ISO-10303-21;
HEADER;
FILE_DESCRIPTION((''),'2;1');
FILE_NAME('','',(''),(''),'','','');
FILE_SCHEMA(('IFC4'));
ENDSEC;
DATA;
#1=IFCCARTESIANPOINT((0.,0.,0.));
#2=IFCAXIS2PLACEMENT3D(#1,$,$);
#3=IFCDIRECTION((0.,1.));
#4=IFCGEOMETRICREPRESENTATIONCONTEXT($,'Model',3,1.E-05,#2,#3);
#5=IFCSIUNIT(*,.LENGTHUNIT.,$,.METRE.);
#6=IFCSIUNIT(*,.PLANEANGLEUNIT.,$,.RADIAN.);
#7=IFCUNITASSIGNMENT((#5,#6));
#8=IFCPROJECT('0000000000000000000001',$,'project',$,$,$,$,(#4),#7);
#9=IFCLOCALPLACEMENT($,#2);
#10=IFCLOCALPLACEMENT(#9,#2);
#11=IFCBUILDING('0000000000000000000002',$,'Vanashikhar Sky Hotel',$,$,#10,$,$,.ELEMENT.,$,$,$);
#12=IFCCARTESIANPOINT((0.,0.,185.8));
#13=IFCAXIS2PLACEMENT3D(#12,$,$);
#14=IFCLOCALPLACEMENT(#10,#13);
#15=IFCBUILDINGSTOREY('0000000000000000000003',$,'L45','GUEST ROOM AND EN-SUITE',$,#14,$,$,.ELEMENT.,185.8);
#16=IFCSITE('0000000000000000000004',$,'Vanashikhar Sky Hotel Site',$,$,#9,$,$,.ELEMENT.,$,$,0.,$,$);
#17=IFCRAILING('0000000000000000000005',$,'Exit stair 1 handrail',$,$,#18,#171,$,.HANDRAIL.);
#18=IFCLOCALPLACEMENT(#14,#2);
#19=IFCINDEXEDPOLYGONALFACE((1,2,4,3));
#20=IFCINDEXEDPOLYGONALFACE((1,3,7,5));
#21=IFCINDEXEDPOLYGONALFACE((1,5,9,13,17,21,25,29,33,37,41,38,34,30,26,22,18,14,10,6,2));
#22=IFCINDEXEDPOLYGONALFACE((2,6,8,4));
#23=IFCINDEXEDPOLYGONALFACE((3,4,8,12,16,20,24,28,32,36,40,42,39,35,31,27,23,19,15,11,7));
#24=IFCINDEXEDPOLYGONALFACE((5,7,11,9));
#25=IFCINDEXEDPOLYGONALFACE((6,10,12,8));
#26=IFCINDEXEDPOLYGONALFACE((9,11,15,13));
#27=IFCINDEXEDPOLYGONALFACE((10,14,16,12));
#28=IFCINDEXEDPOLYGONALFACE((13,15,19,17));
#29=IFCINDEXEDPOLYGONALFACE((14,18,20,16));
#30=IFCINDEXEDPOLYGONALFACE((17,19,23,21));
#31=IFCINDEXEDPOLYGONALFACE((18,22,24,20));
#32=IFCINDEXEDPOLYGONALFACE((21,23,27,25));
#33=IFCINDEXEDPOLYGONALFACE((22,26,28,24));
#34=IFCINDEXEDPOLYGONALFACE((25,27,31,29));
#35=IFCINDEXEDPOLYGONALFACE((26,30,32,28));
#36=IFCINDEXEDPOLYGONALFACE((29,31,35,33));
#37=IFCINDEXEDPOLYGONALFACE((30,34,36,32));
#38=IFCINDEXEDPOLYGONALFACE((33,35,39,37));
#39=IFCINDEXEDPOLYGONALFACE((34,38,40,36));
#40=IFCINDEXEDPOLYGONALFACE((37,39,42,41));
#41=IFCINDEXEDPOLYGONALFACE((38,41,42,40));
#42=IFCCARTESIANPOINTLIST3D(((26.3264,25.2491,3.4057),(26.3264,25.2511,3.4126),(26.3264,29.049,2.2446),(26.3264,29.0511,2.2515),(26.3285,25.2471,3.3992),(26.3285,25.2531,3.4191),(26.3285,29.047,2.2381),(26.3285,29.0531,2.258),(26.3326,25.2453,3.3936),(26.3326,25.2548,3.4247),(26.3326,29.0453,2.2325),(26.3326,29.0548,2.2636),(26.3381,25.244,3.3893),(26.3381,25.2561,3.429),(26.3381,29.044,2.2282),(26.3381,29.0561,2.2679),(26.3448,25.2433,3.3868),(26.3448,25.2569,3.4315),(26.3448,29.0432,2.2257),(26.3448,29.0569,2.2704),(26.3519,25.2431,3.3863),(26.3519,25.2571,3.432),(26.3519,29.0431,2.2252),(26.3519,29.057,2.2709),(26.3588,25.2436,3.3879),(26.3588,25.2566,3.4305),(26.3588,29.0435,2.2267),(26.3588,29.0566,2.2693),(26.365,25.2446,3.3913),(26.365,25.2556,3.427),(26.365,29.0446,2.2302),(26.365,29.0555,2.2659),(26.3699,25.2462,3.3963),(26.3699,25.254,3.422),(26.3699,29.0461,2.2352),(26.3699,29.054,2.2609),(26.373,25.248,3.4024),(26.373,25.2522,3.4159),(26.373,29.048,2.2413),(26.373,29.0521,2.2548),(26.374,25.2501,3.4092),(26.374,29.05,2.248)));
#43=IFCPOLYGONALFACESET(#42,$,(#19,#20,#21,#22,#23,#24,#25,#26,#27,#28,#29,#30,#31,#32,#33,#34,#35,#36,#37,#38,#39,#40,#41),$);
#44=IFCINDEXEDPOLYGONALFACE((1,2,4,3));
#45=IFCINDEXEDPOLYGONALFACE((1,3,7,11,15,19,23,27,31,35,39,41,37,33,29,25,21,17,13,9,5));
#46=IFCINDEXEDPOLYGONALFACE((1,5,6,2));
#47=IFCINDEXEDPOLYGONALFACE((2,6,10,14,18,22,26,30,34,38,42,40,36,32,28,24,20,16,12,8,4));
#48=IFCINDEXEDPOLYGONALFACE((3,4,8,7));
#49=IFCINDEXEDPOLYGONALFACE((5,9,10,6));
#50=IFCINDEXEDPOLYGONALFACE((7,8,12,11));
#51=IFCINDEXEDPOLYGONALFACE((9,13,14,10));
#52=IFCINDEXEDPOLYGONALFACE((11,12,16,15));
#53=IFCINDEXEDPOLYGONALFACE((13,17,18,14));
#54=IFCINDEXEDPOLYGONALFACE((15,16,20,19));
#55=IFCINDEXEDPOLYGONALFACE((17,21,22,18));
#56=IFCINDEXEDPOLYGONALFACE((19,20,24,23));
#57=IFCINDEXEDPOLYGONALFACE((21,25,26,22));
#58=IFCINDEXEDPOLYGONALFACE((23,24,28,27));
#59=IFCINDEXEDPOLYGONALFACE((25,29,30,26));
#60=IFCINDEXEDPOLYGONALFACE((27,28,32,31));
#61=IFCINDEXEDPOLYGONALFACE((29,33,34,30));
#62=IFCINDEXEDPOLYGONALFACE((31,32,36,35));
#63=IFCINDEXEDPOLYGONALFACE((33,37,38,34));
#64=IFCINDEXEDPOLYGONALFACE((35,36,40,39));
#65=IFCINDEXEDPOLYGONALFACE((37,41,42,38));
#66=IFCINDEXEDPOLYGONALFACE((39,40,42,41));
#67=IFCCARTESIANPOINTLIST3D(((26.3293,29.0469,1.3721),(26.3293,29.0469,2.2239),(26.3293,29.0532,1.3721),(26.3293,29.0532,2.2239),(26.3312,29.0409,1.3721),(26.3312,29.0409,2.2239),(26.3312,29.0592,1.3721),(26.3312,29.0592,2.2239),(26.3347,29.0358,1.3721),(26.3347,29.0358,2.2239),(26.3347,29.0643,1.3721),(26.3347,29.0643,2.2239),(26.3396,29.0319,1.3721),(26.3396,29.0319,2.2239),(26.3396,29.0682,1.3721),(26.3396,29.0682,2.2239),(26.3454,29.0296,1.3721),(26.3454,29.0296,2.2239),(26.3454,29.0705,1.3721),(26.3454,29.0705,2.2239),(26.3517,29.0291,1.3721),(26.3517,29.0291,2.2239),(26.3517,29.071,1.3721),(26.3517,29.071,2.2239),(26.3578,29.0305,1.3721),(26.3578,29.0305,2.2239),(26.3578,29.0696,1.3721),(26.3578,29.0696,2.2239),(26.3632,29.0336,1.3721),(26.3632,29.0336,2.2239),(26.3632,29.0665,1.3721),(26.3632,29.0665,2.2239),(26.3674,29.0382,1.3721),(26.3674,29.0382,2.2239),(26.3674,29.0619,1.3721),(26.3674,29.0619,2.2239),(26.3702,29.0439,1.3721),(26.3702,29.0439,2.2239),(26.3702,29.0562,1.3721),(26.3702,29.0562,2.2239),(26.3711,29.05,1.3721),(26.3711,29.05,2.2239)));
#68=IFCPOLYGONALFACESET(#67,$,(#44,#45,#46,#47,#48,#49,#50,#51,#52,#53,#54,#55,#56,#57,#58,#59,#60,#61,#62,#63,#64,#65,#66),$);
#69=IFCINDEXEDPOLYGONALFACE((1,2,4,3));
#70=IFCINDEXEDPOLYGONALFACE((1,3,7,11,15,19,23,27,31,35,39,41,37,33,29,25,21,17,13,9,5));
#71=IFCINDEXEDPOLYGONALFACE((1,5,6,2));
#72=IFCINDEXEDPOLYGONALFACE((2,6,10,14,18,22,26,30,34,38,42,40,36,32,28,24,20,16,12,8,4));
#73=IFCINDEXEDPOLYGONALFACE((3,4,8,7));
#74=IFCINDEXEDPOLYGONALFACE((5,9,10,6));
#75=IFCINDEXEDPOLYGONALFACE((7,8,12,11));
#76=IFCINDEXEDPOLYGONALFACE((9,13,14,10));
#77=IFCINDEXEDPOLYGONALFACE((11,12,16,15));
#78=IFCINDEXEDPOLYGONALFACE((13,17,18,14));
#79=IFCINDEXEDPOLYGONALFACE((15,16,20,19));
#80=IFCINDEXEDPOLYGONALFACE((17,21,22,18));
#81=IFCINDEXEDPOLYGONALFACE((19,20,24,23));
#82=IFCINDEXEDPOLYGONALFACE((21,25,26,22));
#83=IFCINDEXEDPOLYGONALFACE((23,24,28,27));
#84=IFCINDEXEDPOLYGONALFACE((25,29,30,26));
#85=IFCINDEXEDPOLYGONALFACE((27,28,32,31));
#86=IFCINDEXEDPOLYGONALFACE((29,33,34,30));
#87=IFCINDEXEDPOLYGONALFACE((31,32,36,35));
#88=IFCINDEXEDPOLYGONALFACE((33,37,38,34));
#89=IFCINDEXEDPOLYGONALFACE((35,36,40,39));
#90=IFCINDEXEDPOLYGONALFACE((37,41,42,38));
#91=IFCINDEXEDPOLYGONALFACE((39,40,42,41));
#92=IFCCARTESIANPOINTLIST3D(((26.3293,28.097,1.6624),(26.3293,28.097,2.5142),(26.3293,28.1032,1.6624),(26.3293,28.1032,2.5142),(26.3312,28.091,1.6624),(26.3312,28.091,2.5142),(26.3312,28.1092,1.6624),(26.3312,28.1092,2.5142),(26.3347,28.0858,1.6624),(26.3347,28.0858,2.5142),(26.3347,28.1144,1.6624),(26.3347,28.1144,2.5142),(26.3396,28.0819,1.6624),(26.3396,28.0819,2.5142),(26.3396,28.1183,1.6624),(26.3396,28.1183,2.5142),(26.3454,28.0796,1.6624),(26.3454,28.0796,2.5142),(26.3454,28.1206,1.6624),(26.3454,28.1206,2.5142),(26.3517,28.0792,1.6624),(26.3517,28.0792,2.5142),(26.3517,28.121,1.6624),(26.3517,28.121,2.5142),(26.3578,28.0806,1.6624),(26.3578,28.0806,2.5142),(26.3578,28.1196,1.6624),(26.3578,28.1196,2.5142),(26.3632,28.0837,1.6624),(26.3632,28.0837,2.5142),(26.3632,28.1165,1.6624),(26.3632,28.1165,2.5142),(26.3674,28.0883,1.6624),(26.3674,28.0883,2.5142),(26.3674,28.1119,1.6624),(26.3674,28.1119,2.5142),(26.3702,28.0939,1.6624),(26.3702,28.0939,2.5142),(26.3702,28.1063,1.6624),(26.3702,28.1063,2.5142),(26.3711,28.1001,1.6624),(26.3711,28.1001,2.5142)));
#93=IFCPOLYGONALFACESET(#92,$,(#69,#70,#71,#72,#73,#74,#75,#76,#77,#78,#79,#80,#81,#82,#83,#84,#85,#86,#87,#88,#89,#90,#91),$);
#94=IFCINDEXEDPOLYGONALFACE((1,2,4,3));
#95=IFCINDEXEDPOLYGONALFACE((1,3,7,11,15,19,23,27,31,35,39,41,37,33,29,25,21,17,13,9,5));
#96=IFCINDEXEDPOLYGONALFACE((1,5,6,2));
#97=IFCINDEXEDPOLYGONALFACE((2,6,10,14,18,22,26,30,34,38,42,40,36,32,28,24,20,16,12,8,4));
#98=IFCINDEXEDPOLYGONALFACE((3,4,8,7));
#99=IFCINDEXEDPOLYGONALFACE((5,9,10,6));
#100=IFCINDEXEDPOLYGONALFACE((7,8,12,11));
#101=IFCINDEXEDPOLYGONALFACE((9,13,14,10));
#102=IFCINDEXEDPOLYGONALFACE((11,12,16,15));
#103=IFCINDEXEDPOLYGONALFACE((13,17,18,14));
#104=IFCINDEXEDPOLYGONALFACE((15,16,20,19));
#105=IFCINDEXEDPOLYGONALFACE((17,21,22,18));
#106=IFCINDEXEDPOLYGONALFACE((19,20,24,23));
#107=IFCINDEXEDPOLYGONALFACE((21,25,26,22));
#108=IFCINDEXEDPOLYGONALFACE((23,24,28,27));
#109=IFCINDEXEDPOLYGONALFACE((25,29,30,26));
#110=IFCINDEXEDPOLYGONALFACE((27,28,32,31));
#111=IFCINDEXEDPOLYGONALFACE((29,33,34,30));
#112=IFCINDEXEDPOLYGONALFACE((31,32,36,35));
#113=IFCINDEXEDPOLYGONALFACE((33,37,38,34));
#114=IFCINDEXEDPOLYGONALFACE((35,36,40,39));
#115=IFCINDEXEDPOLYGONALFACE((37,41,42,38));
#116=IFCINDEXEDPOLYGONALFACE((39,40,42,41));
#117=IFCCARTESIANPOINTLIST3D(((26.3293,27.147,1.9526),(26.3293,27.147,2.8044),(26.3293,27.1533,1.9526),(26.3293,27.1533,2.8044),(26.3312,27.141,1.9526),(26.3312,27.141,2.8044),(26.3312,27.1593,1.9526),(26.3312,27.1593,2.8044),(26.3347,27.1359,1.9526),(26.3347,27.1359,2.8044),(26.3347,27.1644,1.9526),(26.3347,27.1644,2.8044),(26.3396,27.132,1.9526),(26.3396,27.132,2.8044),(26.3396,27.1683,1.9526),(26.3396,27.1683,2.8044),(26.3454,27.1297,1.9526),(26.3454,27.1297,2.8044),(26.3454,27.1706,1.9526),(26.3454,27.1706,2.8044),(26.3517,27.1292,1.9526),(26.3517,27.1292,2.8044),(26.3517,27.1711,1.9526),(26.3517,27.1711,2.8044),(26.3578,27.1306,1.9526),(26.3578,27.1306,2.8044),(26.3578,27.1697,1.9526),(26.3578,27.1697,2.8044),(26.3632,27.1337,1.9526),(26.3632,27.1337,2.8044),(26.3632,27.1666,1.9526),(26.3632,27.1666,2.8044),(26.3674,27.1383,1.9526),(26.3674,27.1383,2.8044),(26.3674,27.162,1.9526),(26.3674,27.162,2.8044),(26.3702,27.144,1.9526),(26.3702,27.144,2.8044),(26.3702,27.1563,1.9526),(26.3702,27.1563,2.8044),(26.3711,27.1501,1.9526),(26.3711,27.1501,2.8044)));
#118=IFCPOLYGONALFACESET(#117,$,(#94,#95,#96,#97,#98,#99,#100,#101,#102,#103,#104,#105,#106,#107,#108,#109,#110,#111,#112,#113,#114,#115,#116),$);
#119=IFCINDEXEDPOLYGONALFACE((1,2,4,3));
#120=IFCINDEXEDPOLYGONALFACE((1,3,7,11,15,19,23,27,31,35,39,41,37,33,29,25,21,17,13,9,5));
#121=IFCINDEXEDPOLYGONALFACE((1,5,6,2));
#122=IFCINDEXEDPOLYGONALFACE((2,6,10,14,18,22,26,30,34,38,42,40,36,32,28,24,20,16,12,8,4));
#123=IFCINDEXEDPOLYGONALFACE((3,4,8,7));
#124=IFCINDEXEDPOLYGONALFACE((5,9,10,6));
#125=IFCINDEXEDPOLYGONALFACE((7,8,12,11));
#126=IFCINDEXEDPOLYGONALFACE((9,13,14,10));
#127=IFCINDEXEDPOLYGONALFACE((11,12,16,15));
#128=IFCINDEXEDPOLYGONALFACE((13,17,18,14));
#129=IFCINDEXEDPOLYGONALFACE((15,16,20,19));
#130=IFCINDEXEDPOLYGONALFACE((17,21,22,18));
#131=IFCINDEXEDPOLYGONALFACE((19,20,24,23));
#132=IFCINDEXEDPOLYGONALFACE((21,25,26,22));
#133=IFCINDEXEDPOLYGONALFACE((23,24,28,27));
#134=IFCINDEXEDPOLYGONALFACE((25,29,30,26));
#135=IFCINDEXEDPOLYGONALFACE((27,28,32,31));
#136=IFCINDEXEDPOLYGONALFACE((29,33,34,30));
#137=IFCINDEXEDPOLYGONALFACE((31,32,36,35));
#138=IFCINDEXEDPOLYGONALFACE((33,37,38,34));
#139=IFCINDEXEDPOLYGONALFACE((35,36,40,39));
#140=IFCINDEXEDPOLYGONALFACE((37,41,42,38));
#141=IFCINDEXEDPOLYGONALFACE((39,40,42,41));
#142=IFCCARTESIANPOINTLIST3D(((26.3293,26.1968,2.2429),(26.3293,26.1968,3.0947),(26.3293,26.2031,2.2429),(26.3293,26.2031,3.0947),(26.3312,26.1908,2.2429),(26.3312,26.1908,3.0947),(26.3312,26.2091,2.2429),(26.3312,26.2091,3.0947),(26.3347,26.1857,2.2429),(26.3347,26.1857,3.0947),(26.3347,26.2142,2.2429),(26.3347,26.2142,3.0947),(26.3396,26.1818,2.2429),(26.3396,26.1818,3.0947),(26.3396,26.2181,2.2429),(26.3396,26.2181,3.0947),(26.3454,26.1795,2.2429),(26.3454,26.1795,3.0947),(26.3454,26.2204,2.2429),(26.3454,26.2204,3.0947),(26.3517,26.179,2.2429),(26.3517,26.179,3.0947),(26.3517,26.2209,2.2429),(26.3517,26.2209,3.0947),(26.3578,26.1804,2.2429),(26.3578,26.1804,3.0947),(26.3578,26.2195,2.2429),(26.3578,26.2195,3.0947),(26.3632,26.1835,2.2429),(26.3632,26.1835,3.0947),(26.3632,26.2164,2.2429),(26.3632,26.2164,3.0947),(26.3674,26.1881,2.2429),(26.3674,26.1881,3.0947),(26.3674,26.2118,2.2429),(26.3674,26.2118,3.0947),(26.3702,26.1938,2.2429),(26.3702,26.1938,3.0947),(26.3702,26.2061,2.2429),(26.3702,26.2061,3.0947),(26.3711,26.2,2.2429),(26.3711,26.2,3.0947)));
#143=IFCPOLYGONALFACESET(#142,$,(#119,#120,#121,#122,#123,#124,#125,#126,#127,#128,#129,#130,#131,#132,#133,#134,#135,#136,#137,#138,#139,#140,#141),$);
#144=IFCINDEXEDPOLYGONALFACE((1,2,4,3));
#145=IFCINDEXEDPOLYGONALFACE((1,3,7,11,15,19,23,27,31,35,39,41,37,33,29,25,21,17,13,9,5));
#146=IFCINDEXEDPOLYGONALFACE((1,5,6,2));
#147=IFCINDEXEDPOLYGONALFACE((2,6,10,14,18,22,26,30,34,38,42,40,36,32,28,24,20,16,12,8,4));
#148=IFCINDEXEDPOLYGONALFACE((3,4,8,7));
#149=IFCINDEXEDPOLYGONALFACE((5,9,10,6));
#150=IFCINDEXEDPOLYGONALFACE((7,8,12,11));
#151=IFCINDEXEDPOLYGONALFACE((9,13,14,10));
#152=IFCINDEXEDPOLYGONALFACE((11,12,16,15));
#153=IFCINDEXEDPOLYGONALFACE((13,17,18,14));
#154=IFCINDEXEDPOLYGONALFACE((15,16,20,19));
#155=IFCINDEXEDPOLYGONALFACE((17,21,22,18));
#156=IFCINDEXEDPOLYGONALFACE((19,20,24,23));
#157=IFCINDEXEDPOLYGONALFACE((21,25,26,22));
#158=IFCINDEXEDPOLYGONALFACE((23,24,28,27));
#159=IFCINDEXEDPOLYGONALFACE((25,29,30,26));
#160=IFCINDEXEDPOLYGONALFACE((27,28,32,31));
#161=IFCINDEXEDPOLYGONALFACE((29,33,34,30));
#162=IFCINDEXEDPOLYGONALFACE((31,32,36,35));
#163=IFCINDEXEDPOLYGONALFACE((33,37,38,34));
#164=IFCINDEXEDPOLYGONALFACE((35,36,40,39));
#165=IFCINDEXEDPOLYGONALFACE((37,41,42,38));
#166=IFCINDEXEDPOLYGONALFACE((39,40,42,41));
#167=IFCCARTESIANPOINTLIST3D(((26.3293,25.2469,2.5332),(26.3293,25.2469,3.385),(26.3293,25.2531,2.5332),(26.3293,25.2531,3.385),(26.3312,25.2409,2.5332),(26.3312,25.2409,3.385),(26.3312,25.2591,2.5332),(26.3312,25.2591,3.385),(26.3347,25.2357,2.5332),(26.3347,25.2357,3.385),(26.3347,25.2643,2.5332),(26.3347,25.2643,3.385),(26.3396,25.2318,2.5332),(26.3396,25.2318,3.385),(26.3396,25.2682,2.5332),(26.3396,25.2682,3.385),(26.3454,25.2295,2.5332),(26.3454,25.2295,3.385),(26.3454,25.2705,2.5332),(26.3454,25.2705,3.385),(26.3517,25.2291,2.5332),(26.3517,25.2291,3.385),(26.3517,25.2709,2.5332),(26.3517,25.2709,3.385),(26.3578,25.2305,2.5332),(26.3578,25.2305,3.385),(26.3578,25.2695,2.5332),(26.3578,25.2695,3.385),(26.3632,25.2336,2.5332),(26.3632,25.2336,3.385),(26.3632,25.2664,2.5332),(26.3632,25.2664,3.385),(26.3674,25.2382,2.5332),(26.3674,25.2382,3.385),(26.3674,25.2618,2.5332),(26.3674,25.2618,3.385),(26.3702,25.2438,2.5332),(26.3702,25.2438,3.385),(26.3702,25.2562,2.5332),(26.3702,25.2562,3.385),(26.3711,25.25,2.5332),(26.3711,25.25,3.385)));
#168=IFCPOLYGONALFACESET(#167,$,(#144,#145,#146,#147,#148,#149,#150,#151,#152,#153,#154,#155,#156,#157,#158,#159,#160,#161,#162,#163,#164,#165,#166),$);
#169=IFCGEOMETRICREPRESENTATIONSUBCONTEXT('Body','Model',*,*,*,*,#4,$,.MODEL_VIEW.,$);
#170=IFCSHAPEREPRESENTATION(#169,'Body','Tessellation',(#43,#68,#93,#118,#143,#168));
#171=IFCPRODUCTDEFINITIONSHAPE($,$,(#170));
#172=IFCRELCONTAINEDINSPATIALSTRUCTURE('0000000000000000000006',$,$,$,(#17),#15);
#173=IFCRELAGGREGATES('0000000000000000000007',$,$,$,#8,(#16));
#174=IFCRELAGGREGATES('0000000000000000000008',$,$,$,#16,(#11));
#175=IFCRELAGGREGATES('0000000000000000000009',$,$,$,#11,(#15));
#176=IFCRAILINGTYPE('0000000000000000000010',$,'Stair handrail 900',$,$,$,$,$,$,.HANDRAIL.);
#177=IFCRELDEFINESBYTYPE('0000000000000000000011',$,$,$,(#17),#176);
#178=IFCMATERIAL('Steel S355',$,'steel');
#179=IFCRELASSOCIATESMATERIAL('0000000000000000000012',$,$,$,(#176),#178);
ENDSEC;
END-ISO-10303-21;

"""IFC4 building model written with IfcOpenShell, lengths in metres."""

from ifc_helpers import new_model, si_unit, direction, frame, origin, origin_2d, place, context, subcontext, project, spatial, circle, extrude, source, transform, mapped, material, type_object, element, save


model = new_model("IFC4")

# Units and contexts
model_context = context("Model", 3, precision=1e-05, world=origin(), true_north=direction((0.0, 1.0)))
body_context = subcontext(model_context, "Body", "Model", "MODEL_VIEW")
ifc_project = project(units=[si_unit("LENGTHUNIT", "METRE"), si_unit("PLANEANGLEUNIT", "RADIAN")], contexts=[model_context])

# Site, building, storey
site_placement = place(None, origin())
site = spatial("IfcSite", under=ifc_project, at=site_placement, Name="Vanashikhar Sky Hotel Site", CompositionType="ELEMENT", RefElevation=0.0)
building_placement = place(site_placement, origin())
building = spatial("IfcBuilding", under=site, at=building_placement, Name="Vanashikhar Sky Hotel", CompositionType="ELEMENT")
storey_placement = place(building_placement, frame((0.0, 0.0, 185.8)))
storey = spatial("IfcBuildingStorey", under=building, at=storey_placement, Name="L45", Description="GUEST ROOM AND EN-SUITE", CompositionType="ELEMENT", Elevation=185.8)

# Railing
ifc_material_1 = material(Name="Steel S355", Category="steel")
railing_type_1 = type_object("IfcRailingType", Name="Stair handrail 900", PredefinedType="HANDRAIL", material=ifc_material_1)
shared_shape_1 = source(origin(), body_context, "Body", "SweptSolid", [
    extrude(circle(Radius=0.0239, at=origin_2d()), frame((0.0, 0.0, 0.876), z_axis=(0.0, -0.956351, 0.29222), x_axis=(1.0, 0.0, 0.0)), (0.0, 0.0, 1.0), 3.9734),
    extrude(circle(Radius=0.021, at=origin_2d()), origin(), (0.0, 0.0, 1.0), 0.8518),
    extrude(circle(Radius=0.021, at=origin_2d()), frame((0.0, -0.95, 0.2903)), (0.0, 0.0, 1.0), 0.8518),
    extrude(circle(Radius=0.021, at=origin_2d()), frame((0.0, -1.8999, 0.5806)), (0.0, 0.0, 1.0), 0.8518),
    extrude(circle(Radius=0.021, at=origin_2d()), frame((0.0, -2.8501, 0.8708)), (0.0, 0.0, 1.0), 0.8518),
    extrude(circle(Radius=0.021, at=origin_2d()), frame((0.0, -3.8, 1.1611)), (0.0, 0.0, 1.0), 0.8518),
])
railing_1_placement = place(storey_placement, frame((26.3501, 29.05, 1.3721)))
element("IfcRailing", 1, at=railing_1_placement, inside=storey, type_object=railing_type_1, Name="Exit stair 1 handrail", PredefinedType="HANDRAIL", context=body_context, shape_type="MappedRepresentation", body=[
    mapped(shared_shape_1, transform((0.0, 0.0, 0.0), scale=1.0)),
])

save(model, "model.ifc")
